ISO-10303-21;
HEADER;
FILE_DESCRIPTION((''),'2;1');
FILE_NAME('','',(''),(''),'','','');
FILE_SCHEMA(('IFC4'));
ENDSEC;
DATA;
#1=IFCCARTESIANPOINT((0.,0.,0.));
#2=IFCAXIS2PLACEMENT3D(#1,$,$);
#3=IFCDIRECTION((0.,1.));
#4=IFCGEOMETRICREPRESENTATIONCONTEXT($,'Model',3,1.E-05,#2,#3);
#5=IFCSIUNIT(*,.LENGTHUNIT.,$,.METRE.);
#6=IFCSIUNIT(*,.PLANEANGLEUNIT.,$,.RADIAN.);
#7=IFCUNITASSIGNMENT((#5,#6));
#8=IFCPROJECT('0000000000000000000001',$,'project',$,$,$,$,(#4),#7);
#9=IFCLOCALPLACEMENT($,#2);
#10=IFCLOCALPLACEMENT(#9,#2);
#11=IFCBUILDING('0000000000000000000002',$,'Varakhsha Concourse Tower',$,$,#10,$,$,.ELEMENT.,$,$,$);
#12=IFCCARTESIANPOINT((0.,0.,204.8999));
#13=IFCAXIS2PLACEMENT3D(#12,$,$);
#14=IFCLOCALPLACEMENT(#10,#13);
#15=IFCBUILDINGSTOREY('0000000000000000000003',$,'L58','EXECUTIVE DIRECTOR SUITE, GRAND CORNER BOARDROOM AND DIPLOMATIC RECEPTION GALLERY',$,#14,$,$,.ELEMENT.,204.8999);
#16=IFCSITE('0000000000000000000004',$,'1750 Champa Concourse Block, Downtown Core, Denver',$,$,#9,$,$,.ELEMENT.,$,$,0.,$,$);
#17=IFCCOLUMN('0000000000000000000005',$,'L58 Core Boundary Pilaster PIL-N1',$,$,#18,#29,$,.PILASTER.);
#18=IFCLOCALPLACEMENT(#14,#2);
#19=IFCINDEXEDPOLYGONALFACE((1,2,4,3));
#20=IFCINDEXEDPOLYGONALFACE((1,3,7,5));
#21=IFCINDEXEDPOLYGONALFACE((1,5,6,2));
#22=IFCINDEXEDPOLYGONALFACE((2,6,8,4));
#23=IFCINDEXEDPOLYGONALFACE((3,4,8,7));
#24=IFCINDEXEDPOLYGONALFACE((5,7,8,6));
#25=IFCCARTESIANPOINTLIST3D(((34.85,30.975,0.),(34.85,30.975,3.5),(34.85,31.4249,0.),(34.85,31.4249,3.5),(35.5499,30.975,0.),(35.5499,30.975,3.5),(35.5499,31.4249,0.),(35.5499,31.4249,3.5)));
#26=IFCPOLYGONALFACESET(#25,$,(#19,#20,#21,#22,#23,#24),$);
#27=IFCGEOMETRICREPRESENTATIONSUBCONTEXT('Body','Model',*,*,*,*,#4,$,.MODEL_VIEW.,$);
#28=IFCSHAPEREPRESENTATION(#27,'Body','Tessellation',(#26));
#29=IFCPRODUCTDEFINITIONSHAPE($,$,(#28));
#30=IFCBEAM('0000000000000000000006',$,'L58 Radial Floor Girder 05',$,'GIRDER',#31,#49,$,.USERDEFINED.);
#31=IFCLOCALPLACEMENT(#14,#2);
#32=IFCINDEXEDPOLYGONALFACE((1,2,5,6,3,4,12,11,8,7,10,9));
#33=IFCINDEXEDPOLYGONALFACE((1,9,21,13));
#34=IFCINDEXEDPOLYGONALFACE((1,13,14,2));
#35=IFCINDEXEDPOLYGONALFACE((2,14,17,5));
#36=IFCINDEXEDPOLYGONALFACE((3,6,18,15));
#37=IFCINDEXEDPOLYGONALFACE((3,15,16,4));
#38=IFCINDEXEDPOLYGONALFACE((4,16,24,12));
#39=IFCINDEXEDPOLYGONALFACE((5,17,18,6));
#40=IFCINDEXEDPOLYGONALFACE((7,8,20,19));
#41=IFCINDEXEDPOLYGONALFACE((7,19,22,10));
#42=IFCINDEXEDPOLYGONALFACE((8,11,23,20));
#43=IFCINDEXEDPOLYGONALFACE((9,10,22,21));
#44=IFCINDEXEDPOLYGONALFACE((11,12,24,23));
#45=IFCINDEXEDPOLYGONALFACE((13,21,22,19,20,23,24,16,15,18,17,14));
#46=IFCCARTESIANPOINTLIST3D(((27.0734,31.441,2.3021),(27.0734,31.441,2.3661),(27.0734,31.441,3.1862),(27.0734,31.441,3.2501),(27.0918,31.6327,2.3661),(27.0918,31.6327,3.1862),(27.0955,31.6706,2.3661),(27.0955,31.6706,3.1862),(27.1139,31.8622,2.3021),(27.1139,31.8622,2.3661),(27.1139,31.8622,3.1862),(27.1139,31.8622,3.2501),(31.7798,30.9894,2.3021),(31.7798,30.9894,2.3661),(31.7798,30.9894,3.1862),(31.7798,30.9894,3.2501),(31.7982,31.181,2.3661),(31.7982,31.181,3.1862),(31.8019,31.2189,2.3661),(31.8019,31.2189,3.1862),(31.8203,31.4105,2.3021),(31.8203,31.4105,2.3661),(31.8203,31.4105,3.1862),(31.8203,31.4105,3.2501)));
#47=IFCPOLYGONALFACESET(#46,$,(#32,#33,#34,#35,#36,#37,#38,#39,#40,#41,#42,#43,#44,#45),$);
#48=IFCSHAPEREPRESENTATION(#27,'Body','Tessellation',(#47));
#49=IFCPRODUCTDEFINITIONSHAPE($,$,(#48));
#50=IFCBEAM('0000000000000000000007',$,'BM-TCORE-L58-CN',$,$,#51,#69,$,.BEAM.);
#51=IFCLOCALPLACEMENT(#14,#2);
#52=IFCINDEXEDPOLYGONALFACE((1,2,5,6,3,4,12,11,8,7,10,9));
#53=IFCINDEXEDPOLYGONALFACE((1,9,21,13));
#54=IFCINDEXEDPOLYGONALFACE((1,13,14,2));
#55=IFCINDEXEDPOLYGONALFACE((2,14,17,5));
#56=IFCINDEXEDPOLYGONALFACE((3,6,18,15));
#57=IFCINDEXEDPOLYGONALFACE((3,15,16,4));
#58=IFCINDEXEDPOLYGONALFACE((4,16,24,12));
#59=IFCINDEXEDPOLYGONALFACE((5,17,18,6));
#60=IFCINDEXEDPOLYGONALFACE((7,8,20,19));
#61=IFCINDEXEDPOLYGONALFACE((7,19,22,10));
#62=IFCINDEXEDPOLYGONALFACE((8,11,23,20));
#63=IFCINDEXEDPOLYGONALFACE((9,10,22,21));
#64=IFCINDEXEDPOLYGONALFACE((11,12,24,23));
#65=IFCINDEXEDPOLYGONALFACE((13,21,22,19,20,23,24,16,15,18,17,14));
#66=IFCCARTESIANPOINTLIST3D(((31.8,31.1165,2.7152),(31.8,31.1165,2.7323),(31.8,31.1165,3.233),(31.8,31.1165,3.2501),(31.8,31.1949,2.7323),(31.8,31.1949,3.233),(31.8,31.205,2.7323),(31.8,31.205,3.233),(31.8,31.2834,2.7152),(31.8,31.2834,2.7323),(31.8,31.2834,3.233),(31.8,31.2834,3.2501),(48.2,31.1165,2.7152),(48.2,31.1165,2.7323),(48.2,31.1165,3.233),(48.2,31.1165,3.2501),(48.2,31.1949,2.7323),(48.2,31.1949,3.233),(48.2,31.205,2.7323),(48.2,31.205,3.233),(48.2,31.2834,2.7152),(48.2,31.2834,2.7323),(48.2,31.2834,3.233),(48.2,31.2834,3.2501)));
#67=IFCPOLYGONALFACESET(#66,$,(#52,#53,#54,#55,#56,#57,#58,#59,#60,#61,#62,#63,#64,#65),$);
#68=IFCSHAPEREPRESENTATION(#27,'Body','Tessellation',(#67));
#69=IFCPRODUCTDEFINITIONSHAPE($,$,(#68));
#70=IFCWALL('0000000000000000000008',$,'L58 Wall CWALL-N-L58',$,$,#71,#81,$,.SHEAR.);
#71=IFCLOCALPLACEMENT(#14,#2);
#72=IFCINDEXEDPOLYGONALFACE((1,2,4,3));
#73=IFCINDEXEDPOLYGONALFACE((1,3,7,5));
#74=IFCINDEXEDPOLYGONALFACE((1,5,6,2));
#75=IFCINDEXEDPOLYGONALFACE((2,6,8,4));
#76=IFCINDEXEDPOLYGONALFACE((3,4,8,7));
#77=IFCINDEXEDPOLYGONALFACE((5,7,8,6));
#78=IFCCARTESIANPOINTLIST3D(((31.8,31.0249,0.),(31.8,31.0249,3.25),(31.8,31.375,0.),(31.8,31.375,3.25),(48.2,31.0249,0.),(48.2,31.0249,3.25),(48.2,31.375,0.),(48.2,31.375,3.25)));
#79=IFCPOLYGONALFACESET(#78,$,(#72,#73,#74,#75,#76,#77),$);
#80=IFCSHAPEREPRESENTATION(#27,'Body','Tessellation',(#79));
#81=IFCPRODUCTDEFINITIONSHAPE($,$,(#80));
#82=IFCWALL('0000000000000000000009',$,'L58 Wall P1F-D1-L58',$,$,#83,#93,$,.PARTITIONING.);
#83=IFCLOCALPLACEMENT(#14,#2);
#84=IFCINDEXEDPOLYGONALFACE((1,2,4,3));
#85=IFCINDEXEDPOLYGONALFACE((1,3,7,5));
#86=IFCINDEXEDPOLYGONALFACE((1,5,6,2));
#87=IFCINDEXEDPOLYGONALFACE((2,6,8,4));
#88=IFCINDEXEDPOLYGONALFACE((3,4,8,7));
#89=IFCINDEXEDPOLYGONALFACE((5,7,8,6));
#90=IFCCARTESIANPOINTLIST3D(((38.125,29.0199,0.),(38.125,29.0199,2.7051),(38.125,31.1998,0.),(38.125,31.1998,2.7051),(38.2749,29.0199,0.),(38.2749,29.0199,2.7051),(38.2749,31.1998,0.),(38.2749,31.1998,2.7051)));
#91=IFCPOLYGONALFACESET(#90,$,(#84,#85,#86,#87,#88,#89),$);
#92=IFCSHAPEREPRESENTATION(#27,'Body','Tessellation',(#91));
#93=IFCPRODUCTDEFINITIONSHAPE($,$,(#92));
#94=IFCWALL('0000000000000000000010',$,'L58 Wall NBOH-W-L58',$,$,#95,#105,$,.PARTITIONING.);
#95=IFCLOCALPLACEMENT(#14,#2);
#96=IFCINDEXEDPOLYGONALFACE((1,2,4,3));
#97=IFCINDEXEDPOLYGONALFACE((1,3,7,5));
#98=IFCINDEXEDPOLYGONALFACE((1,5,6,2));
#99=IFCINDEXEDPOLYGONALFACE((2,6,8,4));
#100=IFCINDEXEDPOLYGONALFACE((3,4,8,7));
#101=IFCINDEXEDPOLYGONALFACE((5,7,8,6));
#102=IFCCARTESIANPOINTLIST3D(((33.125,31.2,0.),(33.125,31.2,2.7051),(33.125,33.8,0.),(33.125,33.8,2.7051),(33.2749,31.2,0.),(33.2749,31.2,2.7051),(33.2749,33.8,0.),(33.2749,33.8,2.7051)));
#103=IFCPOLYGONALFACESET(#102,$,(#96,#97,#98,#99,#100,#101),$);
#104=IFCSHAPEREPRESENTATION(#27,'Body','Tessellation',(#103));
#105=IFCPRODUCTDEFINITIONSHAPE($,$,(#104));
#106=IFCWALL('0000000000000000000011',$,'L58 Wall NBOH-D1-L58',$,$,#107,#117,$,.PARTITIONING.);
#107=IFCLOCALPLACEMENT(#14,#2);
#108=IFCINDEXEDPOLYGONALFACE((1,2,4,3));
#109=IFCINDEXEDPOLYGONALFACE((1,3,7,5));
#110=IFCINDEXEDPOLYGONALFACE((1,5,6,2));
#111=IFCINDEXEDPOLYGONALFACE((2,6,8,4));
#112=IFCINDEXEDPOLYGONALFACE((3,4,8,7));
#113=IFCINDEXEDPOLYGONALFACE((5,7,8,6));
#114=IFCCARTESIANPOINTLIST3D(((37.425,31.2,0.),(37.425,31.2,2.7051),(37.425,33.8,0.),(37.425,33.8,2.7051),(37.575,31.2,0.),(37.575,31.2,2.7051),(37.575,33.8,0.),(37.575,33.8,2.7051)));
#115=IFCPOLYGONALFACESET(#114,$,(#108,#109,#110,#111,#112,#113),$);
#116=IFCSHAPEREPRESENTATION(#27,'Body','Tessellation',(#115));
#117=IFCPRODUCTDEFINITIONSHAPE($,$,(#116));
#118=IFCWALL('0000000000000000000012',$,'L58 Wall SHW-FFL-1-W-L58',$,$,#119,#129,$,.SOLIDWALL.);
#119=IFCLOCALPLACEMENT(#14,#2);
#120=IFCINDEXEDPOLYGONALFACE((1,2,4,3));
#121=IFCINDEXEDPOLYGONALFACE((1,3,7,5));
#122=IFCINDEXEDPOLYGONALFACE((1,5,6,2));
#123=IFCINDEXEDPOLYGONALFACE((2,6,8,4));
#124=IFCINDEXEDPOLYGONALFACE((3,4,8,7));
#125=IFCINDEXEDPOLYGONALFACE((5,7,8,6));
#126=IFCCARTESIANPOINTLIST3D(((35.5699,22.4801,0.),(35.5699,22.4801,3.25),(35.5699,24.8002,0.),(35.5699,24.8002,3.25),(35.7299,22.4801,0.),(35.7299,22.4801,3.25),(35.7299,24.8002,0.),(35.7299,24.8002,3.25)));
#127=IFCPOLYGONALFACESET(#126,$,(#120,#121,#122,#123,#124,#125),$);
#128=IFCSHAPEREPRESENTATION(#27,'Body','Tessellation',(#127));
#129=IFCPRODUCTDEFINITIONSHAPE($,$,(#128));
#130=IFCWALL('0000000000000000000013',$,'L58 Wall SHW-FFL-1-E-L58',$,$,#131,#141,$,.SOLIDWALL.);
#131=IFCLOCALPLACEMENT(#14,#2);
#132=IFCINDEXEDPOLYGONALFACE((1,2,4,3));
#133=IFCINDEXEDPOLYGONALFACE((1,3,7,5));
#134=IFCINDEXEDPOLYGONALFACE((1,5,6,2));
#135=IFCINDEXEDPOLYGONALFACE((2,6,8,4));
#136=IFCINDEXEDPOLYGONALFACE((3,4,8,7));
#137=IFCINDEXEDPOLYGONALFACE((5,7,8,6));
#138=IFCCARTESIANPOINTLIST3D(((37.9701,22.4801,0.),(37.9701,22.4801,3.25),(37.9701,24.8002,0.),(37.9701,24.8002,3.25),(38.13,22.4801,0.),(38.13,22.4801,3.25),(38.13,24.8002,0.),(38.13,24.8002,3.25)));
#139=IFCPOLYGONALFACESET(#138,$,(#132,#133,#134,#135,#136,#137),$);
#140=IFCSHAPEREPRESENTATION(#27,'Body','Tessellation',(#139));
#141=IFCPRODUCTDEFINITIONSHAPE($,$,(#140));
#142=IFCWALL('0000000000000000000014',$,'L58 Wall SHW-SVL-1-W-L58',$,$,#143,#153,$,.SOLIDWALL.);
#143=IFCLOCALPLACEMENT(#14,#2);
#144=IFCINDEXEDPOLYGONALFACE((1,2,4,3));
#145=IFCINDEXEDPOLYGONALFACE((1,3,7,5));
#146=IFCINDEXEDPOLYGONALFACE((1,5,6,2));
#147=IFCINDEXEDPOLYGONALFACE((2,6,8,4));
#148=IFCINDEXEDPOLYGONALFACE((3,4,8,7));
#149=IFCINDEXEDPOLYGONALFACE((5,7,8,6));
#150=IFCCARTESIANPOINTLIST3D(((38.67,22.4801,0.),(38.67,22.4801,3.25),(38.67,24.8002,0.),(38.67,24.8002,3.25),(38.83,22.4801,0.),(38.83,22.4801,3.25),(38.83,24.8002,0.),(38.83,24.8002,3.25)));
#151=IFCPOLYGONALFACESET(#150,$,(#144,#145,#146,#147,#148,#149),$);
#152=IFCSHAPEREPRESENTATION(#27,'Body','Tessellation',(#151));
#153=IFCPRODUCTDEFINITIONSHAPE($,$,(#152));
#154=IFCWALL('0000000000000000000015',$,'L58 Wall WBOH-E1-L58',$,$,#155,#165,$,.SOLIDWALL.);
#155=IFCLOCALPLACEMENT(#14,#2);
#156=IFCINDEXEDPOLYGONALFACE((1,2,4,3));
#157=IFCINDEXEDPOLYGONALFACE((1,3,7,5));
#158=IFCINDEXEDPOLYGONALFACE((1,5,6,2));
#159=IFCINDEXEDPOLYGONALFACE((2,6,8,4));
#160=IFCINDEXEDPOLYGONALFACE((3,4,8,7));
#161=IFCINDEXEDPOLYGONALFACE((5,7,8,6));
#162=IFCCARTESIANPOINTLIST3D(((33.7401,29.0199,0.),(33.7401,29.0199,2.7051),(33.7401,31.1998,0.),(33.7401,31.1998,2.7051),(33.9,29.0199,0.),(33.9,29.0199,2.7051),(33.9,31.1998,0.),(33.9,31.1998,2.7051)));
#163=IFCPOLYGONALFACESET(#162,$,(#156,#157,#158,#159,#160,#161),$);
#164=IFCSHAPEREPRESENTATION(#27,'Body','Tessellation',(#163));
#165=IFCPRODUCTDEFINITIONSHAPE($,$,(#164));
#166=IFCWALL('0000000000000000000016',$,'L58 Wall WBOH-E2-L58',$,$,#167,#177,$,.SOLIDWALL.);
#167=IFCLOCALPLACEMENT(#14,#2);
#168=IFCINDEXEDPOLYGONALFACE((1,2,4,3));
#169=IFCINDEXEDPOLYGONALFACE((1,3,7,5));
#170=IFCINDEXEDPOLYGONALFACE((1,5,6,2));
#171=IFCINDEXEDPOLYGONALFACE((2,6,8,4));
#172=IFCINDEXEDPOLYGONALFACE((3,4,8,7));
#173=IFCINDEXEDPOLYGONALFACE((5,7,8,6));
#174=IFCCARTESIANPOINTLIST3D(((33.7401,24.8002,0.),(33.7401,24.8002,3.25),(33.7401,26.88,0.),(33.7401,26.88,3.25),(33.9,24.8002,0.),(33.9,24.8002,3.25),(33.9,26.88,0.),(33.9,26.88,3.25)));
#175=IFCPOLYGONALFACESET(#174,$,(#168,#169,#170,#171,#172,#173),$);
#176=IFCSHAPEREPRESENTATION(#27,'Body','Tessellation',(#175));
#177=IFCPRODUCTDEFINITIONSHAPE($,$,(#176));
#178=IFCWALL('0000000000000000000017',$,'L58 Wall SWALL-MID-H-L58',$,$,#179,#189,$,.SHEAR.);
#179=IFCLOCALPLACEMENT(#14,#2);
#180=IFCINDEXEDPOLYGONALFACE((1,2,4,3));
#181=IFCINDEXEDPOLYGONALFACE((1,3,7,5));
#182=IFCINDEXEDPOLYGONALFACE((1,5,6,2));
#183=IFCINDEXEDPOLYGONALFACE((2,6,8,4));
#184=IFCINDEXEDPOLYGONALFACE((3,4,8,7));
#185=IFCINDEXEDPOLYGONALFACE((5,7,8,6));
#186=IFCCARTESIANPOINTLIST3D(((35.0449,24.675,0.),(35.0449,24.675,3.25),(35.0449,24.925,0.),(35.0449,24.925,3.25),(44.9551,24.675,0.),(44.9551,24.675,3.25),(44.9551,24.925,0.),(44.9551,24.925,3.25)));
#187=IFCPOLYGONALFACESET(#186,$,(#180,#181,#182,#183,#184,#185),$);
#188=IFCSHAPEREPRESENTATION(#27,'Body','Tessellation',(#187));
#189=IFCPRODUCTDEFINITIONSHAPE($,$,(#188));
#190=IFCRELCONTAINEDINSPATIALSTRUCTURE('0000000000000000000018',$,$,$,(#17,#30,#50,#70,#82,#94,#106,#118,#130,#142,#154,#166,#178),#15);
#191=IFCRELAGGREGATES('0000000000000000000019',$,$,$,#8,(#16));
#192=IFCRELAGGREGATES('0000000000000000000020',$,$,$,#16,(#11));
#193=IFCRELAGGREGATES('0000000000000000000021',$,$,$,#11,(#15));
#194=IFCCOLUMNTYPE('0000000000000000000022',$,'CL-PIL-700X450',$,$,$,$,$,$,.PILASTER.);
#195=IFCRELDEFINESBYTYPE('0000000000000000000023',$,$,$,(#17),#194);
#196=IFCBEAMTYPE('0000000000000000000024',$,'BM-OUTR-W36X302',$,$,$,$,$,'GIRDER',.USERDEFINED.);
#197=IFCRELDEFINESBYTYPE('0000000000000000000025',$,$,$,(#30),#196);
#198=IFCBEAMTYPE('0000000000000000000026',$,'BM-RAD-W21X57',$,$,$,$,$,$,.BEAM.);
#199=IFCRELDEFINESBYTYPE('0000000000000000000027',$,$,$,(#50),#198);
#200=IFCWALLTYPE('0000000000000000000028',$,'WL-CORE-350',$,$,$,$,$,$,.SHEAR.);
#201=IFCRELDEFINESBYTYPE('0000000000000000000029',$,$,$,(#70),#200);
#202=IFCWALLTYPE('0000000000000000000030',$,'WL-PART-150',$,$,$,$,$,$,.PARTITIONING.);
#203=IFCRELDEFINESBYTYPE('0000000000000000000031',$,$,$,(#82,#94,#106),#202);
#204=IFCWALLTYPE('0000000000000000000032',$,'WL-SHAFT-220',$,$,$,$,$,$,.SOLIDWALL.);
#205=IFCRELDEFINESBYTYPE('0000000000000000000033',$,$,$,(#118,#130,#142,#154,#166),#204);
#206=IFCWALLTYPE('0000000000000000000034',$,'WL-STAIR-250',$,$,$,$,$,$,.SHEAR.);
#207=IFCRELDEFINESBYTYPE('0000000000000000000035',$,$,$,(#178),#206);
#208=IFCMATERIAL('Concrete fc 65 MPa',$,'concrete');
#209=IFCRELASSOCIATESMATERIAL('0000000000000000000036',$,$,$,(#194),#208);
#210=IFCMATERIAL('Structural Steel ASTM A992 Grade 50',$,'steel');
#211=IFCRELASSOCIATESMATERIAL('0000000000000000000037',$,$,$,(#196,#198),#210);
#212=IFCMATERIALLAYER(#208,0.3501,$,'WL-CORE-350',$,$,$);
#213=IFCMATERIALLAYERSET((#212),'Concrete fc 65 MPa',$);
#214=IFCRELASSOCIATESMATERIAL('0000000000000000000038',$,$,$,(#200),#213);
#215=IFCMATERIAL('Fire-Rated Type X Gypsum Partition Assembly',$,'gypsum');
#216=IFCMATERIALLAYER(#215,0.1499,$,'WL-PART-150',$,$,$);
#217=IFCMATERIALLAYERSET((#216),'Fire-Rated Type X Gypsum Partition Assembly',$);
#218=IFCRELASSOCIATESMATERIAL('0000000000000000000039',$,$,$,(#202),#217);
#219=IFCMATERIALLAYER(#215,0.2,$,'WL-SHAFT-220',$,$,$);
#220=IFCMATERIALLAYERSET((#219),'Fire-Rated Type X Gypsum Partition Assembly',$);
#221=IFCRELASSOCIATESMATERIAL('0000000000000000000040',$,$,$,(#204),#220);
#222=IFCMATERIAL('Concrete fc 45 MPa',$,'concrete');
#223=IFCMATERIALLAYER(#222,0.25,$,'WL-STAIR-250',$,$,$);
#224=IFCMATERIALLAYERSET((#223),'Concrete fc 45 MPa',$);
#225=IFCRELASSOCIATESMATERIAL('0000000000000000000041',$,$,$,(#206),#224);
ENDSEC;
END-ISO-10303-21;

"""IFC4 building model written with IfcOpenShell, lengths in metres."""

from ifc_helpers import new_model, si_unit, direction, frame, frame_2d, origin, origin_2d, place, context, subcontext, project, spatial, rectangle, i_section, extrude, material, layer, layer_set, material_profile, profile_set, type_object, element, save


model = new_model("IFC4")

# Units and contexts
model_context = context("Model", 3, precision=1e-05, world=origin(), true_north=direction((0.0, 1.0)))
body_context = subcontext(model_context, "Body", "Model", "MODEL_VIEW")
ifc_project = project(units=[si_unit("LENGTHUNIT", "METRE"), si_unit("PLANEANGLEUNIT", "RADIAN")], contexts=[model_context])

# Site, building, storey
site_placement = place(None, origin())
site = spatial("IfcSite", under=ifc_project, at=site_placement, Name="1750 Champa Concourse Block, Downtown Core, Denver", CompositionType="ELEMENT", RefElevation=0.0)
building_placement = place(site_placement, origin())
building = spatial("IfcBuilding", under=site, at=building_placement, Name="Varakhsha Concourse Tower", CompositionType="ELEMENT")
storey_placement = place(building_placement, frame((0.0, 0.0, 204.8999)))
storey = spatial("IfcBuildingStorey", under=building, at=storey_placement, Name="L58", Description="EXECUTIVE DIRECTOR SUITE, GRAND CORNER BOARDROOM AND DIPLOMATIC RECEPTION GALLERY", CompositionType="ELEMENT", Elevation=204.8999)

# Column
ifc_material_1 = material(Name="Concrete fc 65 MPa", Category="concrete")
ifc_material_profile_1 = material_profile(ifc_material_1, rectangle(XDim=0.7, YDim=0.45, at=origin_2d()), Name="RC 700x450")
ifc_profile_set_1 = profile_set([ifc_material_profile_1], Name="Concrete fc 65 MPa")
column_type = type_object("IfcColumnType", Name="CL-PIL-700X450", PredefinedType="PILASTER", material=ifc_profile_set_1)
column_placement = place(storey_placement, frame((35.2, 31.2, 0.0), z_axis=(0.0, 0.0, 1.0), x_axis=(1.0, 0.0, 0.0)))
element("IfcColumn", 1, at=column_placement, inside=storey, type_object=column_type, Name="L58 Core Boundary Pilaster PIL-N1", PredefinedType="PILASTER", context=body_context, shape_type="SweptSolid", body=[
    extrude(rectangle(XDim=0.7, YDim=0.45, at=origin_2d()), origin(), (0.0, 0.0, 1.0), 3.5),
])

# Beams
ifc_material_2 = material(Name="Structural Steel ASTM A992 Grade 50", Category="steel")
ifc_material_profile_2 = material_profile(ifc_material_2, i_section(OverallWidth=0.4231, OverallDepth=0.948, WebThickness=0.0381, FlangeThickness=0.064, at=origin_2d()), Name="W36X302")
ifc_profile_set_2 = profile_set([ifc_material_profile_2], Name="Structural Steel ASTM A992 Grade 50")
beam_type_1 = type_object("IfcBeamType", Name="BM-OUTR-W36X302", ElementType="GIRDER", PredefinedType="USERDEFINED", material=ifc_profile_set_2)
beam_1_placement = place(storey_placement, frame((31.8, 31.2, 2.7761), z_axis=(-0.995427, 0.09553, 0.0), x_axis=(-0.09553, -0.995427, 0.0)))
element("IfcBeam", 2, at=beam_1_placement, inside=storey, type_object=beam_type_1, Name="L58 Radial Floor Girder 05", ObjectType="GIRDER", PredefinedType="USERDEFINED", context=body_context, shape_type="SweptSolid", body=[
    extrude(i_section(OverallWidth=0.4231, OverallDepth=0.948, WebThickness=0.0381, FlangeThickness=0.064, at=origin_2d()), origin(), (0.0, 0.0, 1.0), 4.728),
])
ifc_material_profile_3 = material_profile(ifc_material_2, i_section(OverallWidth=0.167, OverallDepth=0.5349, WebThickness=0.01, FlangeThickness=0.0171, at=origin_2d()), Name="W21X57")
ifc_profile_set_3 = profile_set([ifc_material_profile_3], Name="Structural Steel ASTM A992 Grade 50")
beam_type_2 = type_object("IfcBeamType", Name="BM-RAD-W21X57", PredefinedType="BEAM", material=ifc_profile_set_3)
beam_2_placement = place(storey_placement, frame((31.8, 31.2, 2.9827), z_axis=(1.0, 0.0, 0.0), x_axis=(0.0, 1.0, 0.0)))
element("IfcBeam", 3, at=beam_2_placement, inside=storey, type_object=beam_type_2, Name="BM-TCORE-L58-CN", PredefinedType="BEAM", context=body_context, shape_type="SweptSolid", body=[
    extrude(i_section(OverallWidth=0.167, OverallDepth=0.5349, WebThickness=0.01, FlangeThickness=0.0171, at=origin_2d()), origin(), (0.0, 0.0, 1.0), 16.3999),
])

# Walls
ifc_layer_1 = layer(ifc_material_1, 0.3501, Name="WL-CORE-350")
ifc_layer_set_1 = layer_set([ifc_layer_1], Name="Concrete fc 65 MPa")
wall_type_1 = type_object("IfcWallType", Name="WL-CORE-350", PredefinedType="SHEAR", material=ifc_layer_set_1)
wall_1_placement = place(storey_placement, frame((31.8, 31.2, 0.0), z_axis=(0.0, 0.0, 1.0), x_axis=(1.0, 0.0, 0.0)))
element("IfcWall", 4, at=wall_1_placement, inside=storey, type_object=wall_type_1, Name="L58 Wall CWALL-N-L58", PredefinedType="SHEAR", context=body_context, shape_type="SweptSolid", body=[
    extrude(rectangle(XDim=16.3999, YDim=0.3501, at=frame_2d((8.2, 0.0))), origin(), (0.0, 0.0, 1.0), 3.25),
])
ifc_material_3 = material(Name="Fire-Rated Type X Gypsum Partition Assembly", Category="gypsum")
ifc_layer_2 = layer(ifc_material_3, 0.1499, Name="WL-PART-150")
ifc_layer_set_2 = layer_set([ifc_layer_2], Name="Fire-Rated Type X Gypsum Partition Assembly")
wall_type_2 = type_object("IfcWallType", Name="WL-PART-150", PredefinedType="PARTITIONING", material=ifc_layer_set_2)
wall_2_placement = place(storey_placement, frame((38.2, 29.02, 0.0), z_axis=(0.0, 0.0, 1.0), x_axis=(0.0, 1.0, 0.0)))
element("IfcWall", 5, at=wall_2_placement, inside=storey, type_object=wall_type_2, Name="L58 Wall P1F-D1-L58", PredefinedType="PARTITIONING", context=body_context, shape_type="SweptSolid", body=[
    extrude(rectangle(XDim=2.1799, YDim=0.1499, at=frame_2d((1.0898, 0.0))), origin(), (0.0, 0.0, 1.0), 2.7051),
])
for number, where, z_axis, x_axis, name in (
    (6, (33.2, 31.2, 0.0), (0.0, 0.0, 1.0), (0.0, 1.0, 0.0), "L58 Wall NBOH-W-L58"),
    (7, (37.5, 31.2, 0.0), (0.0, 0.0, 1.0), (0.0, 1.0, 0.0), "L58 Wall NBOH-D1-L58"),
):
    element("IfcWall", number, at=place(storey_placement, frame(where, z_axis=z_axis, x_axis=x_axis)), inside=storey, type_object=wall_type_2, Name=name, PredefinedType="PARTITIONING", context=body_context, shape_type="SweptSolid", body=[
        extrude(rectangle(XDim=2.6001, YDim=0.1499, at=frame_2d((1.3, 0.0))), origin(), (0.0, 0.0, 1.0), 2.7051),
    ])

# Shared definitions
ifc_layer_3 = layer(ifc_material_3, 0.2, Name="WL-SHAFT-220")
ifc_layer_set_3 = layer_set([ifc_layer_3], Name="Fire-Rated Type X Gypsum Partition Assembly")
wall_type_3 = type_object("IfcWallType", Name="WL-SHAFT-220", PredefinedType="SOLIDWALL", material=ifc_layer_set_3)

# Walls
for number, where, z_axis, x_axis, name in (
    (8, (35.6499, 22.48, 0.0), (0.0, 0.0, 1.0), (0.0, 1.0, 0.0), "L58 Wall SHW-FFL-1-W-L58"),
    (9, (38.05, 22.48, 0.0), (0.0, 0.0, 1.0), (0.0, 1.0, 0.0), "L58 Wall SHW-FFL-1-E-L58"),
    (10, (38.75, 22.48, 0.0), (0.0, 0.0, 1.0), (0.0, 1.0, 0.0), "L58 Wall SHW-SVL-1-W-L58"),
):
    element("IfcWall", number, at=place(storey_placement, frame(where, z_axis=z_axis, x_axis=x_axis)), inside=storey, type_object=wall_type_3, Name=name, PredefinedType="SOLIDWALL", context=body_context, shape_type="SweptSolid", body=[
        extrude(rectangle(XDim=2.3201, YDim=0.1599, at=frame_2d((1.1602, 0.0))), origin(), (0.0, 0.0, 1.0), 3.25),
    ])

# Walls
wall_3_placement = place(storey_placement, frame((33.8201, 29.02, 0.0), z_axis=(0.0, 0.0, 1.0), x_axis=(0.0, 1.0, 0.0)))
element("IfcWall", 11, at=wall_3_placement, inside=storey, type_object=wall_type_3, Name="L58 Wall WBOH-E1-L58", PredefinedType="SOLIDWALL", context=body_context, shape_type="SweptSolid", body=[
    extrude(rectangle(XDim=2.1799, YDim=0.1599, at=frame_2d((1.0898, 0.0))), origin(), (0.0, 0.0, 1.0), 2.7051),
])
wall_4_placement = place(storey_placement, frame((33.8201, 24.8, 0.0), z_axis=(0.0, 0.0, 1.0), x_axis=(0.0, 1.0, 0.0)))
element("IfcWall", 12, at=wall_4_placement, inside=storey, type_object=wall_type_3, Name="L58 Wall WBOH-E2-L58", PredefinedType="SOLIDWALL", context=body_context, shape_type="SweptSolid", body=[
    extrude(rectangle(XDim=2.0798, YDim=0.1599, at=frame_2d((1.04, 0.0))), origin(), (0.0, 0.0, 1.0), 3.25),
])
ifc_material_4 = material(Name="Concrete fc 45 MPa", Category="concrete")
ifc_layer_4 = layer(ifc_material_4, 0.25, Name="WL-STAIR-250")
ifc_layer_set_4 = layer_set([ifc_layer_4], Name="Concrete fc 45 MPa")
wall_type_4 = type_object("IfcWallType", Name="WL-STAIR-250", PredefinedType="SHEAR", material=ifc_layer_set_4)
wall_5_placement = place(storey_placement, frame((35.0449, 24.8, 0.0), z_axis=(0.0, 0.0, 1.0), x_axis=(1.0, 0.0, 0.0)))
element("IfcWall", 13, at=wall_5_placement, inside=storey, type_object=wall_type_4, Name="L58 Wall SWALL-MID-H-L58", PredefinedType="SHEAR", context=body_context, shape_type="SweptSolid", body=[
    extrude(rectangle(XDim=9.9102, YDim=0.25, at=frame_2d((4.9551, 0.0))), origin(), (0.0, 0.0, 1.0), 3.25),
])

save(model, "model.ifc")
